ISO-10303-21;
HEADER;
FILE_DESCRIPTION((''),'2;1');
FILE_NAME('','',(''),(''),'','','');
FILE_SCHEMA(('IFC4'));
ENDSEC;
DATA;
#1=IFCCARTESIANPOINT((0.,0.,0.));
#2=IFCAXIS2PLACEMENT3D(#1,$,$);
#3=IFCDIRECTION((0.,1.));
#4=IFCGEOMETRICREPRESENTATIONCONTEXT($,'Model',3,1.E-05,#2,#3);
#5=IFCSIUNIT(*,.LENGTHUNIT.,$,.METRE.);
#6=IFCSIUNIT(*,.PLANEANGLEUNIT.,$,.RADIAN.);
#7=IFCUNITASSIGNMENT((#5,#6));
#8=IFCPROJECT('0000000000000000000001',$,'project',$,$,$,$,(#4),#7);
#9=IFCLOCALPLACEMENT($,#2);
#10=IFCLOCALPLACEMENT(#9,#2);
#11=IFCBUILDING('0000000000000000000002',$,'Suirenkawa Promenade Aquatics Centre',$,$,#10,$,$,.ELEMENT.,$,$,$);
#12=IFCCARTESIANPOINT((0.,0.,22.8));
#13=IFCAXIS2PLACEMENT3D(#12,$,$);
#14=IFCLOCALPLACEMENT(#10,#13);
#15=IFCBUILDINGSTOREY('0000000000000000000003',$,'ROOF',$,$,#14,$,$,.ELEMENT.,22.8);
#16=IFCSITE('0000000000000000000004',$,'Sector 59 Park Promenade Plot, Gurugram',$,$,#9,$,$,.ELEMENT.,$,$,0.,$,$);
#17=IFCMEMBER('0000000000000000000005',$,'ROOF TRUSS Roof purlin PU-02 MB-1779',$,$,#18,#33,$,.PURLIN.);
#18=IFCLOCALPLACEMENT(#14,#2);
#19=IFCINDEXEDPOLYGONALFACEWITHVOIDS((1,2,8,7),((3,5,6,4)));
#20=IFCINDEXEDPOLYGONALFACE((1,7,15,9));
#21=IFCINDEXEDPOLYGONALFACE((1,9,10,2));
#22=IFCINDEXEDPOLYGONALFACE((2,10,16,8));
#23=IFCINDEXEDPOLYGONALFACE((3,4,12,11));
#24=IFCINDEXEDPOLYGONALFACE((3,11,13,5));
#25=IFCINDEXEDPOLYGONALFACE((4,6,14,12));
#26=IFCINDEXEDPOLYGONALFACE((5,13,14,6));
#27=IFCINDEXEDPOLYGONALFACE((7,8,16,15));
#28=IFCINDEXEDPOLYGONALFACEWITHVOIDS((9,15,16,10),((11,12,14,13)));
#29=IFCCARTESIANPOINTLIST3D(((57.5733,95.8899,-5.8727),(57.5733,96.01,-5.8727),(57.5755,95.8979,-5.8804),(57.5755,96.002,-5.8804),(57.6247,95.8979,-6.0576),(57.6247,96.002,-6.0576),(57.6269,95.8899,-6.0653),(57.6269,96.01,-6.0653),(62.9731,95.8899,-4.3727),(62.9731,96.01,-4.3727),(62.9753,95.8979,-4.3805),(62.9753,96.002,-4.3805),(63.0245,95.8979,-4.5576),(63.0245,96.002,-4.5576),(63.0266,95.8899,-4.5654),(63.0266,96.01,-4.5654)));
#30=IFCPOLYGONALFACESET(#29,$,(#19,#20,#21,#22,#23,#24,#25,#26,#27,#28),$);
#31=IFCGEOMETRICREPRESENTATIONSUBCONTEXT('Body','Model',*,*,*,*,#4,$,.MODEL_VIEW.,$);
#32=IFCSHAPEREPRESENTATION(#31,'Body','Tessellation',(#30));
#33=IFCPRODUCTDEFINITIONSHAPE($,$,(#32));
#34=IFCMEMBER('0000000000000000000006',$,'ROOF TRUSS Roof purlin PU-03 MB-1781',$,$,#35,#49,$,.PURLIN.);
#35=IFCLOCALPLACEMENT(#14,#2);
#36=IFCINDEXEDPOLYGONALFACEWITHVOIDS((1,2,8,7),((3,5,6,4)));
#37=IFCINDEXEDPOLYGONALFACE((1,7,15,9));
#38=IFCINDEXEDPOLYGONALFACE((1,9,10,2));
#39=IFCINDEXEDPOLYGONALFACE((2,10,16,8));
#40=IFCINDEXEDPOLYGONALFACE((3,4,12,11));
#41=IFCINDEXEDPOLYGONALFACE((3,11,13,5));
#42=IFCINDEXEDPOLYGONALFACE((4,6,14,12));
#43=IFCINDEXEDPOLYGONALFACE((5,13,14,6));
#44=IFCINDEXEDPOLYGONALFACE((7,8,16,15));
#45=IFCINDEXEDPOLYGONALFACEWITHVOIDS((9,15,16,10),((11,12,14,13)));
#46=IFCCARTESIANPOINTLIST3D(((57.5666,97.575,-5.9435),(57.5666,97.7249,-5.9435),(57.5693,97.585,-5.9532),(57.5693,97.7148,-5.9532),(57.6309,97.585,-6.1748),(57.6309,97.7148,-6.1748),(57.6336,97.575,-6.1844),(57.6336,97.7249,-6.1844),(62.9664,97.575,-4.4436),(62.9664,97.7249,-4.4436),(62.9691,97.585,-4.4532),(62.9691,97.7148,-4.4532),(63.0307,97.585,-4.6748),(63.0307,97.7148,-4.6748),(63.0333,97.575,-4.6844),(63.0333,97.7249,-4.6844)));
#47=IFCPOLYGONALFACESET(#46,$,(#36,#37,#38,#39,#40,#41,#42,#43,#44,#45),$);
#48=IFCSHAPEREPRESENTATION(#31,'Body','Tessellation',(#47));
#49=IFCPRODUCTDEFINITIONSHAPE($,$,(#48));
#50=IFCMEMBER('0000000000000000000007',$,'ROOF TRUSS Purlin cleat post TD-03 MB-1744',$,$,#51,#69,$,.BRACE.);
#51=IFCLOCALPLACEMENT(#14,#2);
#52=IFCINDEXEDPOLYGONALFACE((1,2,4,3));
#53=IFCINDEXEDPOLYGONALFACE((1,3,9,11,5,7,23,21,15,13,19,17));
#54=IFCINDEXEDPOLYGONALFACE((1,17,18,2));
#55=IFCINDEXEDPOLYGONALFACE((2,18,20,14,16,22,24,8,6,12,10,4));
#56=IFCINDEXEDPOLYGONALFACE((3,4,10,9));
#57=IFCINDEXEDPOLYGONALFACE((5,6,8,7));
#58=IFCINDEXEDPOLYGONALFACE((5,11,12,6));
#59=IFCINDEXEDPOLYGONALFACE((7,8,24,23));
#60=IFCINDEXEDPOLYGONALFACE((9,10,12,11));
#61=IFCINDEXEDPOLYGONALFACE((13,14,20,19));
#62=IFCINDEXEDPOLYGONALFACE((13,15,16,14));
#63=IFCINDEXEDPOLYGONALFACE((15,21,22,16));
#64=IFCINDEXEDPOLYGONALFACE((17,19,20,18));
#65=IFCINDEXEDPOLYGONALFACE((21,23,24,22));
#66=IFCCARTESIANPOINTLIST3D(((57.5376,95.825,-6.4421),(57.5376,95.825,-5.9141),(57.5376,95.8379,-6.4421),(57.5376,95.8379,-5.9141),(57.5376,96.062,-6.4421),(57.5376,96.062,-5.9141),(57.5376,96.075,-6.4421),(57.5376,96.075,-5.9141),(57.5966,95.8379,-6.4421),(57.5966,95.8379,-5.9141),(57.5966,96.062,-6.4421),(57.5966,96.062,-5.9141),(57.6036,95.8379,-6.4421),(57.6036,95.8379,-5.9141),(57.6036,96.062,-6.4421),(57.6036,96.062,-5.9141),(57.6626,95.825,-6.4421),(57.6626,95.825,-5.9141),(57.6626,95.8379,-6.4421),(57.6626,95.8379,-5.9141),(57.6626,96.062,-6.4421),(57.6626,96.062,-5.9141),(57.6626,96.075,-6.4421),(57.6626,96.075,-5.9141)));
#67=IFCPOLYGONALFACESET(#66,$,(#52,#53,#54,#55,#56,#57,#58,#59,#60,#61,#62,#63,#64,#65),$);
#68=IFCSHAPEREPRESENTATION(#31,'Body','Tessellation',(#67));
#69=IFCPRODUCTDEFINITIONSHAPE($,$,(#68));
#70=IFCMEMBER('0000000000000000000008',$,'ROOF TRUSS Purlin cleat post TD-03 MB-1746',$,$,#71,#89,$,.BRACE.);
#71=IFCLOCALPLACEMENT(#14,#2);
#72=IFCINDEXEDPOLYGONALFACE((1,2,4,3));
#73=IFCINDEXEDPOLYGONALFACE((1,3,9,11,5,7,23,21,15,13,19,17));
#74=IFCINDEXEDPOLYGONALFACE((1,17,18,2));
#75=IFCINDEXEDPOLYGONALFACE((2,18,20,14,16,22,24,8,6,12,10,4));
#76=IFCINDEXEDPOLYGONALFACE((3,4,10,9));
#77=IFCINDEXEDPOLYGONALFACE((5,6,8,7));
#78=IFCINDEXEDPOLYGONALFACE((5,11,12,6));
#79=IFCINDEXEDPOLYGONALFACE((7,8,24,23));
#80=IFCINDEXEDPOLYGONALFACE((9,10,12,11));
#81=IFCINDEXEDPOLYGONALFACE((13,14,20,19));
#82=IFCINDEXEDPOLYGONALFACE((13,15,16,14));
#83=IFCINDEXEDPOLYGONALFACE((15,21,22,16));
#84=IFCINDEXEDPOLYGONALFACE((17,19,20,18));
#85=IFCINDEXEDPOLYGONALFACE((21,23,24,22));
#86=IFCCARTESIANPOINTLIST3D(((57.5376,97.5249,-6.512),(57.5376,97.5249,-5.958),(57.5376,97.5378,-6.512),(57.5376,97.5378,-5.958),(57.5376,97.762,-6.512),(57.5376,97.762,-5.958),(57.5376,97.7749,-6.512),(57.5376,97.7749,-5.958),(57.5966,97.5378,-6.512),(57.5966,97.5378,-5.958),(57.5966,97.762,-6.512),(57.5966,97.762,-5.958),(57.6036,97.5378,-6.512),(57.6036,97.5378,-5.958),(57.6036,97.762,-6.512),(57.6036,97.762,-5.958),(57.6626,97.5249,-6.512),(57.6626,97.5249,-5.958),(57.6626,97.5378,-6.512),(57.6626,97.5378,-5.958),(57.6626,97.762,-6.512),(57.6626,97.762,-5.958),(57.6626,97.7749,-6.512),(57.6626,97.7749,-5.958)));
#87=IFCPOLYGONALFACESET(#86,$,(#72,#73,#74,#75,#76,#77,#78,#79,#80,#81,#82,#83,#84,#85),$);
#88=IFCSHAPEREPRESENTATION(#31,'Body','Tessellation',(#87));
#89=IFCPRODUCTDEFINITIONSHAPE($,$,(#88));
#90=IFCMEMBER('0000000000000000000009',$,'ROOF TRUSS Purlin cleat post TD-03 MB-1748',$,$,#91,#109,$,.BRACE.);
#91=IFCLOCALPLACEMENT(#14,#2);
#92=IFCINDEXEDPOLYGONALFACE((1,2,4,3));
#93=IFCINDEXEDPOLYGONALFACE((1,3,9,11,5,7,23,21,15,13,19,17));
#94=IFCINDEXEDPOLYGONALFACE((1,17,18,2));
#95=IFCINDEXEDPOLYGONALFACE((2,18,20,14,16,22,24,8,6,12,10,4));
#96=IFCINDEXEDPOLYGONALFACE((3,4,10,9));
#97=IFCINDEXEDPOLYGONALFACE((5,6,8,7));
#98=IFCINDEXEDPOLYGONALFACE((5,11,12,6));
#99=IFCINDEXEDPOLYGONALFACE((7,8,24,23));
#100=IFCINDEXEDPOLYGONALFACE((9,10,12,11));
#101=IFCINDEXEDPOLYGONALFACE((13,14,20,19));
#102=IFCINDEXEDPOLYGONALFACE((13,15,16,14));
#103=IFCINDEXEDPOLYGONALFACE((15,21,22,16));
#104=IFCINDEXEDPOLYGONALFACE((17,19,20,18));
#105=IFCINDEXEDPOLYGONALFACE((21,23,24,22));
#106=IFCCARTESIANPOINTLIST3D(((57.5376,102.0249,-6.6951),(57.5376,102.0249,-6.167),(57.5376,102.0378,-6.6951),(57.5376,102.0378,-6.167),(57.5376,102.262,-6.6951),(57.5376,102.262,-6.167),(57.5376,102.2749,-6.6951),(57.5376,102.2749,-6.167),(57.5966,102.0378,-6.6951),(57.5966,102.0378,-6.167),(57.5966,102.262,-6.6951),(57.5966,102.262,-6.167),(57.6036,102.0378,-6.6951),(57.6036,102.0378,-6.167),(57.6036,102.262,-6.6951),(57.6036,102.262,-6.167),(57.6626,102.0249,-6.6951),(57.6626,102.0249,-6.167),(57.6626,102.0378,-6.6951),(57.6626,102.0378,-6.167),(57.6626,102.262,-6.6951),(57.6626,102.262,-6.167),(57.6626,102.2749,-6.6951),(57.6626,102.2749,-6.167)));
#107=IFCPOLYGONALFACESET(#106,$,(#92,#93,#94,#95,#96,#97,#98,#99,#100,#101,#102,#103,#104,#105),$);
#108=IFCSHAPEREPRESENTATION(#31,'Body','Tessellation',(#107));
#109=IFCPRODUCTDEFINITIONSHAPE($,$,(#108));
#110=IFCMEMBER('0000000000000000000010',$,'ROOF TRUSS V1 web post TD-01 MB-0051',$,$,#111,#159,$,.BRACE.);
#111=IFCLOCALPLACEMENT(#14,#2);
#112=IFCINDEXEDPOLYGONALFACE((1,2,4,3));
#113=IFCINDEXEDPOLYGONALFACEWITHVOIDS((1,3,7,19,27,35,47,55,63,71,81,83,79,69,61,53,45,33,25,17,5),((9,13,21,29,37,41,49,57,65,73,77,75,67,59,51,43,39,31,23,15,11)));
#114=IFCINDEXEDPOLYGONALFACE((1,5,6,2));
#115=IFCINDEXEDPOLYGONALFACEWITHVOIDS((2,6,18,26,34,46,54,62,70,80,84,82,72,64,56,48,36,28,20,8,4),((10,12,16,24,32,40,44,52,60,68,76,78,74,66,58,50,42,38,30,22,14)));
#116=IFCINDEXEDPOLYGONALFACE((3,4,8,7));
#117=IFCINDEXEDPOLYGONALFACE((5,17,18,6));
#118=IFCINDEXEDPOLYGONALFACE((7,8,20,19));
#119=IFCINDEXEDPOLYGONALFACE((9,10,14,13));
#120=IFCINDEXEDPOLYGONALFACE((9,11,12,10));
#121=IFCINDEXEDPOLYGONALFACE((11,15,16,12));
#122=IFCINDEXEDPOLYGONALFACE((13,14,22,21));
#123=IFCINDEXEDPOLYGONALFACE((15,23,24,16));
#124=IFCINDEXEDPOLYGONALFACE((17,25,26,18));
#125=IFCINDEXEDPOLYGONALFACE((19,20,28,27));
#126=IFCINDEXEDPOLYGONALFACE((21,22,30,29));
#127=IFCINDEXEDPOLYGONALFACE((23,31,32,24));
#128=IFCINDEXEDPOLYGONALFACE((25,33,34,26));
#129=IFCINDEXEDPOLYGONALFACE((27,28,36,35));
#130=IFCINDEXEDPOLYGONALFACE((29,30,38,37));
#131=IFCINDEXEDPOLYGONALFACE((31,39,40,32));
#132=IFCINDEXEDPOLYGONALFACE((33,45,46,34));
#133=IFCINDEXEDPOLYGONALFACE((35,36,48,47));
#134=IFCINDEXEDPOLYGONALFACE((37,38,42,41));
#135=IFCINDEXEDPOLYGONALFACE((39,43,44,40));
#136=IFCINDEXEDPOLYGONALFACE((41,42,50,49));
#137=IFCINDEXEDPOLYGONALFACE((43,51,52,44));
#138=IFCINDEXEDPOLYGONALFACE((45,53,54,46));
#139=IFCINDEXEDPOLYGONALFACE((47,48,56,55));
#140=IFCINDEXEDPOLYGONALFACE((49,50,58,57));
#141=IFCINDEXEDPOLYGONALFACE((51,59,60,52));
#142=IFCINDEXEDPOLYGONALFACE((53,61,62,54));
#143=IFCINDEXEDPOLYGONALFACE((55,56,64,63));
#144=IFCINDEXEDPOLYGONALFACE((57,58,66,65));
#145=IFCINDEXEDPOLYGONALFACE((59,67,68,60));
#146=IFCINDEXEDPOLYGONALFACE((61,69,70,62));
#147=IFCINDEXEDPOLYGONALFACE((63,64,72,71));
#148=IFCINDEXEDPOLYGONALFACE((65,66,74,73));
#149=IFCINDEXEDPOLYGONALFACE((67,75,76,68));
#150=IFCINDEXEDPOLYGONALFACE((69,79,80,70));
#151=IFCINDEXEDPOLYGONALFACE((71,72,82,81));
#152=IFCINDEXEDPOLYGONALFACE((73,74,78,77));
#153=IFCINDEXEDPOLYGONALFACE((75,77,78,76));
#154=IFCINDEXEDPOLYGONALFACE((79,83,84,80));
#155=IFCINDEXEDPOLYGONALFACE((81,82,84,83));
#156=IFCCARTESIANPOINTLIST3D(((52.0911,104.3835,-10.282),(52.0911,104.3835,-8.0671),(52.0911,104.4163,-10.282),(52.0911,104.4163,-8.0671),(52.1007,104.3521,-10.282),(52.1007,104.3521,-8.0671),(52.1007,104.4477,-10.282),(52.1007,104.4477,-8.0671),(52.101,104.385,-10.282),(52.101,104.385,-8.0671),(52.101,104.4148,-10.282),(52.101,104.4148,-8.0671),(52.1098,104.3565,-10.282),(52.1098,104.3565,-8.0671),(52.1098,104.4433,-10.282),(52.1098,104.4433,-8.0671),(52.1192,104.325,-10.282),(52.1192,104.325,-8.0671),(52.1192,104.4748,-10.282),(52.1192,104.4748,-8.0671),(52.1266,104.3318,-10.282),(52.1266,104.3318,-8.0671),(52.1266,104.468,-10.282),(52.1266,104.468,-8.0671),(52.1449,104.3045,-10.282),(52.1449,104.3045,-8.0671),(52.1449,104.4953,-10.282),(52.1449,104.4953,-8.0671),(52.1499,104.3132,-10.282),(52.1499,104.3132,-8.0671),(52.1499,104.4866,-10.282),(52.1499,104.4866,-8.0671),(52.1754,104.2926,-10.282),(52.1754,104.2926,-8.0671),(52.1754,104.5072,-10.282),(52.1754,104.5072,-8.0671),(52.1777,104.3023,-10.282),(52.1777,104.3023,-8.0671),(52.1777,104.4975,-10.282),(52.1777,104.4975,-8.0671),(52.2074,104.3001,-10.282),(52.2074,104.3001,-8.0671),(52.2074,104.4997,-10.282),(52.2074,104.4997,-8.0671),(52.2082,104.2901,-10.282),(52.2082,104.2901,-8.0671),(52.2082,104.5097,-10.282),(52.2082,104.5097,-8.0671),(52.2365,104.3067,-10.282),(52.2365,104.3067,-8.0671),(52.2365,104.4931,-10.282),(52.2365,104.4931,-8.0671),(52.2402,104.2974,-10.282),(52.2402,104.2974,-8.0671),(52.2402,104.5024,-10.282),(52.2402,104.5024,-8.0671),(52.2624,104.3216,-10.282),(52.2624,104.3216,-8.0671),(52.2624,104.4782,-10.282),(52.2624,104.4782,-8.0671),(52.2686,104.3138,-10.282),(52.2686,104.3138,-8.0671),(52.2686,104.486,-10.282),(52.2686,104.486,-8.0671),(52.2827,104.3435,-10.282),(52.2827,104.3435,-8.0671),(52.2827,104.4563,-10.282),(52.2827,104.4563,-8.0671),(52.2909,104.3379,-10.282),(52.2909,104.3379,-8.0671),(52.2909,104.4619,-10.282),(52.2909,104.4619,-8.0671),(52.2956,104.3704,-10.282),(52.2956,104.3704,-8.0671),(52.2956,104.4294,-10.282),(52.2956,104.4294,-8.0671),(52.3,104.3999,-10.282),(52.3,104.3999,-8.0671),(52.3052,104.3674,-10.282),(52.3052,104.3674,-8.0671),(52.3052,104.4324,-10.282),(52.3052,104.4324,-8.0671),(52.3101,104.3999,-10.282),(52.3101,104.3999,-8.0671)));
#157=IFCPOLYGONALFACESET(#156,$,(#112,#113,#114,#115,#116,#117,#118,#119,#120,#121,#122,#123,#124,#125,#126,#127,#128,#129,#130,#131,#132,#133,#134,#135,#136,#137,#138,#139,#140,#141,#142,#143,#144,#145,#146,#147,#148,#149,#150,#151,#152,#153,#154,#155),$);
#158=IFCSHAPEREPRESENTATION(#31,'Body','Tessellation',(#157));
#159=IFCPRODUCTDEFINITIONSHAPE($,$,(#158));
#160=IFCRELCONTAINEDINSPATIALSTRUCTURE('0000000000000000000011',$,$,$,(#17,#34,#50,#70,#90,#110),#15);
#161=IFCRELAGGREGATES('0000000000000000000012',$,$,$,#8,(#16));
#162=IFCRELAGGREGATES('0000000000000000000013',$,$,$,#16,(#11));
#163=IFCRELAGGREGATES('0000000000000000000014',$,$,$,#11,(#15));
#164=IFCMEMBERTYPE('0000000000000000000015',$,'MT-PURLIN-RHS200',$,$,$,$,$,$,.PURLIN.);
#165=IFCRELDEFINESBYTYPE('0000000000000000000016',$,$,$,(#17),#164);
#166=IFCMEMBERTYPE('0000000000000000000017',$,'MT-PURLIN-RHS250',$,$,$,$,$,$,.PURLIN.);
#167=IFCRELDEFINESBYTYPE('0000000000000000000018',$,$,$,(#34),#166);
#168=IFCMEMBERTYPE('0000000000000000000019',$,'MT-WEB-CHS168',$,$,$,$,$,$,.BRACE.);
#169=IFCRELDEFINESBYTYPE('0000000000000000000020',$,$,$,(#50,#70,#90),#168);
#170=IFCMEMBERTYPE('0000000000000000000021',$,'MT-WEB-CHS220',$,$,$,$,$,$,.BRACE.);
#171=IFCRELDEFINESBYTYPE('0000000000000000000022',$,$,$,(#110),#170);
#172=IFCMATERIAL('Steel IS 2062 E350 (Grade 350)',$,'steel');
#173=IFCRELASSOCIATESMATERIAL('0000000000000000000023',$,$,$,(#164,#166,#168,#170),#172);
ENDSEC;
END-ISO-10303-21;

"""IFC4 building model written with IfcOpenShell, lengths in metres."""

from ifc_helpers import new_model, si_unit, direction, frame, origin, origin_2d, place, context, subcontext, project, spatial, hollow_rectangle, hollow_circle, i_section, extrude, material, material_profile, profile_set, type_object, element, save


model = new_model("IFC4")

# Units and contexts
model_context = context("Model", 3, precision=1e-05, world=origin(), true_north=direction((0.0, 1.0)))
body_context = subcontext(model_context, "Body", "Model", "MODEL_VIEW")
ifc_project = project(units=[si_unit("LENGTHUNIT", "METRE"), si_unit("PLANEANGLEUNIT", "RADIAN")], contexts=[model_context])

# Site, building, storey
site_placement = place(None, origin())
site = spatial("IfcSite", under=ifc_project, at=site_placement, Name="Sector 59 Park Promenade Plot, Gurugram", CompositionType="ELEMENT", RefElevation=0.0)
building_placement = place(site_placement, origin())
building = spatial("IfcBuilding", under=site, at=building_placement, Name="Suirenkawa Promenade Aquatics Centre", CompositionType="ELEMENT")
storey_placement = place(building_placement, frame((0.0, 0.0, 22.8)))
storey = spatial("IfcBuildingStorey", under=building, at=storey_placement, Name="ROOF", CompositionType="ELEMENT", Elevation=22.8)

# Shared definitions
ifc_material = material(Name="Steel IS 2062 E350 (Grade 350)", Category="steel")

# Members
ifc_material_profile_1 = material_profile(ifc_material, hollow_rectangle(XDim=0.1201, YDim=0.2, WallThickness=0.0081, at=origin_2d()), Name="RHS 200x120x8", Category="steel")
ifc_profile_set_1 = profile_set([ifc_material_profile_1], Name="Steel IS 2062 E350 (Grade 350)")
member_type_1 = type_object("IfcMemberType", Name="MT-PURLIN-RHS200", PredefinedType="PURLIN", material=ifc_profile_set_1)
member_1_placement = place(storey_placement, frame((57.6001, 95.95, -5.969), z_axis=(0.963517, 0.0, 0.267648), x_axis=(0.0, 1.0, 0.0)))
element("IfcMember", 1, at=member_1_placement, inside=storey, type_object=member_type_1, Name="ROOF TRUSS Roof purlin PU-02 MB-1779", PredefinedType="PURLIN", context=body_context, shape_type="SweptSolid", body=[
    extrude(hollow_rectangle(XDim=0.1201, YDim=0.2, WallThickness=0.0081, at=origin_2d()), origin(), (0.0, 0.0, 1.0), 5.6042),
])
ifc_material_profile_2 = material_profile(ifc_material, hollow_rectangle(XDim=0.1499, YDim=0.25, WallThickness=0.01, at=origin_2d()), Name="RHS 250x150x10", Category="steel")
ifc_profile_set_2 = profile_set([ifc_material_profile_2], Name="Steel IS 2062 E350 (Grade 350)")
member_type_2 = type_object("IfcMemberType", Name="MT-PURLIN-RHS250", PredefinedType="PURLIN", material=ifc_profile_set_2)
member_2_placement = place(storey_placement, frame((57.6001, 97.6499, -6.064), z_axis=(0.963517, 0.0, 0.267648), x_axis=(0.0, 1.0, 0.0)))
element("IfcMember", 2, at=member_2_placement, inside=storey, type_object=member_type_2, Name="ROOF TRUSS Roof purlin PU-03 MB-1781", PredefinedType="PURLIN", context=body_context, shape_type="SweptSolid", body=[
    extrude(hollow_rectangle(XDim=0.1499, YDim=0.25, WallThickness=0.01, at=origin_2d()), origin(), (0.0, 0.0, 1.0), 5.6042),
])
ifc_material_profile_3 = material_profile(ifc_material, i_section(OverallWidth=0.125, OverallDepth=0.25, WebThickness=0.0071, FlangeThickness=0.0129, at=origin_2d()), Name="ISMB 250", Category="steel")
ifc_profile_set_3 = profile_set([ifc_material_profile_3], Name="Steel IS 2062 E350 (Grade 350)")
member_type_3 = type_object("IfcMemberType", Name="MT-WEB-CHS168", PredefinedType="BRACE", material=ifc_profile_set_3)
member_3_placement = place(storey_placement, frame((57.6001, 95.95, -6.4421), z_axis=(0.0, 0.0, 1.0), x_axis=(1.0, 0.0, 0.0)))
element("IfcMember", 3, at=member_3_placement, inside=storey, type_object=member_type_3, Name="ROOF TRUSS Purlin cleat post TD-03 MB-1744", PredefinedType="BRACE", context=body_context, shape_type="SweptSolid", body=[
    extrude(i_section(OverallWidth=0.125, OverallDepth=0.25, WebThickness=0.0071, FlangeThickness=0.0129, at=origin_2d()), origin(), (0.0, 0.0, 1.0), 0.5281),
])
member_4_placement = place(storey_placement, frame((57.6001, 97.6499, -6.512), z_axis=(0.0, 0.0, 1.0), x_axis=(1.0, 0.0, 0.0)))
element("IfcMember", 4, at=member_4_placement, inside=storey, type_object=member_type_3, Name="ROOF TRUSS Purlin cleat post TD-03 MB-1746", PredefinedType="BRACE", context=body_context, shape_type="SweptSolid", body=[
    extrude(i_section(OverallWidth=0.125, OverallDepth=0.25, WebThickness=0.0071, FlangeThickness=0.0129, at=origin_2d()), origin(), (0.0, 0.0, 1.0), 0.554),
])
member_5_placement = place(storey_placement, frame((57.6001, 102.1499, -6.6951), z_axis=(0.0, 0.0, 1.0), x_axis=(1.0, 0.0, 0.0)))
element("IfcMember", 5, at=member_5_placement, inside=storey, type_object=member_type_3, Name="ROOF TRUSS Purlin cleat post TD-03 MB-1748", PredefinedType="BRACE", context=body_context, shape_type="SweptSolid", body=[
    extrude(i_section(OverallWidth=0.125, OverallDepth=0.25, WebThickness=0.0071, FlangeThickness=0.0129, at=origin_2d()), origin(), (0.0, 0.0, 1.0), 0.5281),
])
ifc_material_profile_4 = material_profile(ifc_material, hollow_circle(Radius=0.1101, WallThickness=0.01, at=origin_2d()), Name="CHS 220x10", Category="steel")
ifc_profile_set_4 = profile_set([ifc_material_profile_4], Name="Steel IS 2062 E350 (Grade 350)")
member_type_4 = type_object("IfcMemberType", Name="MT-WEB-CHS220", PredefinedType="BRACE", material=ifc_profile_set_4)
member_6_placement = place(storey_placement, frame((52.2, 104.3999, -10.282), z_axis=(0.0, 0.0, 1.0), x_axis=(1.0, 0.0, 0.0)))
element("IfcMember", 6, at=member_6_placement, inside=storey, type_object=member_type_4, Name="ROOF TRUSS V1 web post TD-01 MB-0051", PredefinedType="BRACE", context=body_context, shape_type="SweptSolid", body=[
    extrude(hollow_circle(Radius=0.1101, WallThickness=0.01, at=origin_2d()), origin(), (0.0, 0.0, 1.0), 2.2148),
])

save(model, "model.ifc")
